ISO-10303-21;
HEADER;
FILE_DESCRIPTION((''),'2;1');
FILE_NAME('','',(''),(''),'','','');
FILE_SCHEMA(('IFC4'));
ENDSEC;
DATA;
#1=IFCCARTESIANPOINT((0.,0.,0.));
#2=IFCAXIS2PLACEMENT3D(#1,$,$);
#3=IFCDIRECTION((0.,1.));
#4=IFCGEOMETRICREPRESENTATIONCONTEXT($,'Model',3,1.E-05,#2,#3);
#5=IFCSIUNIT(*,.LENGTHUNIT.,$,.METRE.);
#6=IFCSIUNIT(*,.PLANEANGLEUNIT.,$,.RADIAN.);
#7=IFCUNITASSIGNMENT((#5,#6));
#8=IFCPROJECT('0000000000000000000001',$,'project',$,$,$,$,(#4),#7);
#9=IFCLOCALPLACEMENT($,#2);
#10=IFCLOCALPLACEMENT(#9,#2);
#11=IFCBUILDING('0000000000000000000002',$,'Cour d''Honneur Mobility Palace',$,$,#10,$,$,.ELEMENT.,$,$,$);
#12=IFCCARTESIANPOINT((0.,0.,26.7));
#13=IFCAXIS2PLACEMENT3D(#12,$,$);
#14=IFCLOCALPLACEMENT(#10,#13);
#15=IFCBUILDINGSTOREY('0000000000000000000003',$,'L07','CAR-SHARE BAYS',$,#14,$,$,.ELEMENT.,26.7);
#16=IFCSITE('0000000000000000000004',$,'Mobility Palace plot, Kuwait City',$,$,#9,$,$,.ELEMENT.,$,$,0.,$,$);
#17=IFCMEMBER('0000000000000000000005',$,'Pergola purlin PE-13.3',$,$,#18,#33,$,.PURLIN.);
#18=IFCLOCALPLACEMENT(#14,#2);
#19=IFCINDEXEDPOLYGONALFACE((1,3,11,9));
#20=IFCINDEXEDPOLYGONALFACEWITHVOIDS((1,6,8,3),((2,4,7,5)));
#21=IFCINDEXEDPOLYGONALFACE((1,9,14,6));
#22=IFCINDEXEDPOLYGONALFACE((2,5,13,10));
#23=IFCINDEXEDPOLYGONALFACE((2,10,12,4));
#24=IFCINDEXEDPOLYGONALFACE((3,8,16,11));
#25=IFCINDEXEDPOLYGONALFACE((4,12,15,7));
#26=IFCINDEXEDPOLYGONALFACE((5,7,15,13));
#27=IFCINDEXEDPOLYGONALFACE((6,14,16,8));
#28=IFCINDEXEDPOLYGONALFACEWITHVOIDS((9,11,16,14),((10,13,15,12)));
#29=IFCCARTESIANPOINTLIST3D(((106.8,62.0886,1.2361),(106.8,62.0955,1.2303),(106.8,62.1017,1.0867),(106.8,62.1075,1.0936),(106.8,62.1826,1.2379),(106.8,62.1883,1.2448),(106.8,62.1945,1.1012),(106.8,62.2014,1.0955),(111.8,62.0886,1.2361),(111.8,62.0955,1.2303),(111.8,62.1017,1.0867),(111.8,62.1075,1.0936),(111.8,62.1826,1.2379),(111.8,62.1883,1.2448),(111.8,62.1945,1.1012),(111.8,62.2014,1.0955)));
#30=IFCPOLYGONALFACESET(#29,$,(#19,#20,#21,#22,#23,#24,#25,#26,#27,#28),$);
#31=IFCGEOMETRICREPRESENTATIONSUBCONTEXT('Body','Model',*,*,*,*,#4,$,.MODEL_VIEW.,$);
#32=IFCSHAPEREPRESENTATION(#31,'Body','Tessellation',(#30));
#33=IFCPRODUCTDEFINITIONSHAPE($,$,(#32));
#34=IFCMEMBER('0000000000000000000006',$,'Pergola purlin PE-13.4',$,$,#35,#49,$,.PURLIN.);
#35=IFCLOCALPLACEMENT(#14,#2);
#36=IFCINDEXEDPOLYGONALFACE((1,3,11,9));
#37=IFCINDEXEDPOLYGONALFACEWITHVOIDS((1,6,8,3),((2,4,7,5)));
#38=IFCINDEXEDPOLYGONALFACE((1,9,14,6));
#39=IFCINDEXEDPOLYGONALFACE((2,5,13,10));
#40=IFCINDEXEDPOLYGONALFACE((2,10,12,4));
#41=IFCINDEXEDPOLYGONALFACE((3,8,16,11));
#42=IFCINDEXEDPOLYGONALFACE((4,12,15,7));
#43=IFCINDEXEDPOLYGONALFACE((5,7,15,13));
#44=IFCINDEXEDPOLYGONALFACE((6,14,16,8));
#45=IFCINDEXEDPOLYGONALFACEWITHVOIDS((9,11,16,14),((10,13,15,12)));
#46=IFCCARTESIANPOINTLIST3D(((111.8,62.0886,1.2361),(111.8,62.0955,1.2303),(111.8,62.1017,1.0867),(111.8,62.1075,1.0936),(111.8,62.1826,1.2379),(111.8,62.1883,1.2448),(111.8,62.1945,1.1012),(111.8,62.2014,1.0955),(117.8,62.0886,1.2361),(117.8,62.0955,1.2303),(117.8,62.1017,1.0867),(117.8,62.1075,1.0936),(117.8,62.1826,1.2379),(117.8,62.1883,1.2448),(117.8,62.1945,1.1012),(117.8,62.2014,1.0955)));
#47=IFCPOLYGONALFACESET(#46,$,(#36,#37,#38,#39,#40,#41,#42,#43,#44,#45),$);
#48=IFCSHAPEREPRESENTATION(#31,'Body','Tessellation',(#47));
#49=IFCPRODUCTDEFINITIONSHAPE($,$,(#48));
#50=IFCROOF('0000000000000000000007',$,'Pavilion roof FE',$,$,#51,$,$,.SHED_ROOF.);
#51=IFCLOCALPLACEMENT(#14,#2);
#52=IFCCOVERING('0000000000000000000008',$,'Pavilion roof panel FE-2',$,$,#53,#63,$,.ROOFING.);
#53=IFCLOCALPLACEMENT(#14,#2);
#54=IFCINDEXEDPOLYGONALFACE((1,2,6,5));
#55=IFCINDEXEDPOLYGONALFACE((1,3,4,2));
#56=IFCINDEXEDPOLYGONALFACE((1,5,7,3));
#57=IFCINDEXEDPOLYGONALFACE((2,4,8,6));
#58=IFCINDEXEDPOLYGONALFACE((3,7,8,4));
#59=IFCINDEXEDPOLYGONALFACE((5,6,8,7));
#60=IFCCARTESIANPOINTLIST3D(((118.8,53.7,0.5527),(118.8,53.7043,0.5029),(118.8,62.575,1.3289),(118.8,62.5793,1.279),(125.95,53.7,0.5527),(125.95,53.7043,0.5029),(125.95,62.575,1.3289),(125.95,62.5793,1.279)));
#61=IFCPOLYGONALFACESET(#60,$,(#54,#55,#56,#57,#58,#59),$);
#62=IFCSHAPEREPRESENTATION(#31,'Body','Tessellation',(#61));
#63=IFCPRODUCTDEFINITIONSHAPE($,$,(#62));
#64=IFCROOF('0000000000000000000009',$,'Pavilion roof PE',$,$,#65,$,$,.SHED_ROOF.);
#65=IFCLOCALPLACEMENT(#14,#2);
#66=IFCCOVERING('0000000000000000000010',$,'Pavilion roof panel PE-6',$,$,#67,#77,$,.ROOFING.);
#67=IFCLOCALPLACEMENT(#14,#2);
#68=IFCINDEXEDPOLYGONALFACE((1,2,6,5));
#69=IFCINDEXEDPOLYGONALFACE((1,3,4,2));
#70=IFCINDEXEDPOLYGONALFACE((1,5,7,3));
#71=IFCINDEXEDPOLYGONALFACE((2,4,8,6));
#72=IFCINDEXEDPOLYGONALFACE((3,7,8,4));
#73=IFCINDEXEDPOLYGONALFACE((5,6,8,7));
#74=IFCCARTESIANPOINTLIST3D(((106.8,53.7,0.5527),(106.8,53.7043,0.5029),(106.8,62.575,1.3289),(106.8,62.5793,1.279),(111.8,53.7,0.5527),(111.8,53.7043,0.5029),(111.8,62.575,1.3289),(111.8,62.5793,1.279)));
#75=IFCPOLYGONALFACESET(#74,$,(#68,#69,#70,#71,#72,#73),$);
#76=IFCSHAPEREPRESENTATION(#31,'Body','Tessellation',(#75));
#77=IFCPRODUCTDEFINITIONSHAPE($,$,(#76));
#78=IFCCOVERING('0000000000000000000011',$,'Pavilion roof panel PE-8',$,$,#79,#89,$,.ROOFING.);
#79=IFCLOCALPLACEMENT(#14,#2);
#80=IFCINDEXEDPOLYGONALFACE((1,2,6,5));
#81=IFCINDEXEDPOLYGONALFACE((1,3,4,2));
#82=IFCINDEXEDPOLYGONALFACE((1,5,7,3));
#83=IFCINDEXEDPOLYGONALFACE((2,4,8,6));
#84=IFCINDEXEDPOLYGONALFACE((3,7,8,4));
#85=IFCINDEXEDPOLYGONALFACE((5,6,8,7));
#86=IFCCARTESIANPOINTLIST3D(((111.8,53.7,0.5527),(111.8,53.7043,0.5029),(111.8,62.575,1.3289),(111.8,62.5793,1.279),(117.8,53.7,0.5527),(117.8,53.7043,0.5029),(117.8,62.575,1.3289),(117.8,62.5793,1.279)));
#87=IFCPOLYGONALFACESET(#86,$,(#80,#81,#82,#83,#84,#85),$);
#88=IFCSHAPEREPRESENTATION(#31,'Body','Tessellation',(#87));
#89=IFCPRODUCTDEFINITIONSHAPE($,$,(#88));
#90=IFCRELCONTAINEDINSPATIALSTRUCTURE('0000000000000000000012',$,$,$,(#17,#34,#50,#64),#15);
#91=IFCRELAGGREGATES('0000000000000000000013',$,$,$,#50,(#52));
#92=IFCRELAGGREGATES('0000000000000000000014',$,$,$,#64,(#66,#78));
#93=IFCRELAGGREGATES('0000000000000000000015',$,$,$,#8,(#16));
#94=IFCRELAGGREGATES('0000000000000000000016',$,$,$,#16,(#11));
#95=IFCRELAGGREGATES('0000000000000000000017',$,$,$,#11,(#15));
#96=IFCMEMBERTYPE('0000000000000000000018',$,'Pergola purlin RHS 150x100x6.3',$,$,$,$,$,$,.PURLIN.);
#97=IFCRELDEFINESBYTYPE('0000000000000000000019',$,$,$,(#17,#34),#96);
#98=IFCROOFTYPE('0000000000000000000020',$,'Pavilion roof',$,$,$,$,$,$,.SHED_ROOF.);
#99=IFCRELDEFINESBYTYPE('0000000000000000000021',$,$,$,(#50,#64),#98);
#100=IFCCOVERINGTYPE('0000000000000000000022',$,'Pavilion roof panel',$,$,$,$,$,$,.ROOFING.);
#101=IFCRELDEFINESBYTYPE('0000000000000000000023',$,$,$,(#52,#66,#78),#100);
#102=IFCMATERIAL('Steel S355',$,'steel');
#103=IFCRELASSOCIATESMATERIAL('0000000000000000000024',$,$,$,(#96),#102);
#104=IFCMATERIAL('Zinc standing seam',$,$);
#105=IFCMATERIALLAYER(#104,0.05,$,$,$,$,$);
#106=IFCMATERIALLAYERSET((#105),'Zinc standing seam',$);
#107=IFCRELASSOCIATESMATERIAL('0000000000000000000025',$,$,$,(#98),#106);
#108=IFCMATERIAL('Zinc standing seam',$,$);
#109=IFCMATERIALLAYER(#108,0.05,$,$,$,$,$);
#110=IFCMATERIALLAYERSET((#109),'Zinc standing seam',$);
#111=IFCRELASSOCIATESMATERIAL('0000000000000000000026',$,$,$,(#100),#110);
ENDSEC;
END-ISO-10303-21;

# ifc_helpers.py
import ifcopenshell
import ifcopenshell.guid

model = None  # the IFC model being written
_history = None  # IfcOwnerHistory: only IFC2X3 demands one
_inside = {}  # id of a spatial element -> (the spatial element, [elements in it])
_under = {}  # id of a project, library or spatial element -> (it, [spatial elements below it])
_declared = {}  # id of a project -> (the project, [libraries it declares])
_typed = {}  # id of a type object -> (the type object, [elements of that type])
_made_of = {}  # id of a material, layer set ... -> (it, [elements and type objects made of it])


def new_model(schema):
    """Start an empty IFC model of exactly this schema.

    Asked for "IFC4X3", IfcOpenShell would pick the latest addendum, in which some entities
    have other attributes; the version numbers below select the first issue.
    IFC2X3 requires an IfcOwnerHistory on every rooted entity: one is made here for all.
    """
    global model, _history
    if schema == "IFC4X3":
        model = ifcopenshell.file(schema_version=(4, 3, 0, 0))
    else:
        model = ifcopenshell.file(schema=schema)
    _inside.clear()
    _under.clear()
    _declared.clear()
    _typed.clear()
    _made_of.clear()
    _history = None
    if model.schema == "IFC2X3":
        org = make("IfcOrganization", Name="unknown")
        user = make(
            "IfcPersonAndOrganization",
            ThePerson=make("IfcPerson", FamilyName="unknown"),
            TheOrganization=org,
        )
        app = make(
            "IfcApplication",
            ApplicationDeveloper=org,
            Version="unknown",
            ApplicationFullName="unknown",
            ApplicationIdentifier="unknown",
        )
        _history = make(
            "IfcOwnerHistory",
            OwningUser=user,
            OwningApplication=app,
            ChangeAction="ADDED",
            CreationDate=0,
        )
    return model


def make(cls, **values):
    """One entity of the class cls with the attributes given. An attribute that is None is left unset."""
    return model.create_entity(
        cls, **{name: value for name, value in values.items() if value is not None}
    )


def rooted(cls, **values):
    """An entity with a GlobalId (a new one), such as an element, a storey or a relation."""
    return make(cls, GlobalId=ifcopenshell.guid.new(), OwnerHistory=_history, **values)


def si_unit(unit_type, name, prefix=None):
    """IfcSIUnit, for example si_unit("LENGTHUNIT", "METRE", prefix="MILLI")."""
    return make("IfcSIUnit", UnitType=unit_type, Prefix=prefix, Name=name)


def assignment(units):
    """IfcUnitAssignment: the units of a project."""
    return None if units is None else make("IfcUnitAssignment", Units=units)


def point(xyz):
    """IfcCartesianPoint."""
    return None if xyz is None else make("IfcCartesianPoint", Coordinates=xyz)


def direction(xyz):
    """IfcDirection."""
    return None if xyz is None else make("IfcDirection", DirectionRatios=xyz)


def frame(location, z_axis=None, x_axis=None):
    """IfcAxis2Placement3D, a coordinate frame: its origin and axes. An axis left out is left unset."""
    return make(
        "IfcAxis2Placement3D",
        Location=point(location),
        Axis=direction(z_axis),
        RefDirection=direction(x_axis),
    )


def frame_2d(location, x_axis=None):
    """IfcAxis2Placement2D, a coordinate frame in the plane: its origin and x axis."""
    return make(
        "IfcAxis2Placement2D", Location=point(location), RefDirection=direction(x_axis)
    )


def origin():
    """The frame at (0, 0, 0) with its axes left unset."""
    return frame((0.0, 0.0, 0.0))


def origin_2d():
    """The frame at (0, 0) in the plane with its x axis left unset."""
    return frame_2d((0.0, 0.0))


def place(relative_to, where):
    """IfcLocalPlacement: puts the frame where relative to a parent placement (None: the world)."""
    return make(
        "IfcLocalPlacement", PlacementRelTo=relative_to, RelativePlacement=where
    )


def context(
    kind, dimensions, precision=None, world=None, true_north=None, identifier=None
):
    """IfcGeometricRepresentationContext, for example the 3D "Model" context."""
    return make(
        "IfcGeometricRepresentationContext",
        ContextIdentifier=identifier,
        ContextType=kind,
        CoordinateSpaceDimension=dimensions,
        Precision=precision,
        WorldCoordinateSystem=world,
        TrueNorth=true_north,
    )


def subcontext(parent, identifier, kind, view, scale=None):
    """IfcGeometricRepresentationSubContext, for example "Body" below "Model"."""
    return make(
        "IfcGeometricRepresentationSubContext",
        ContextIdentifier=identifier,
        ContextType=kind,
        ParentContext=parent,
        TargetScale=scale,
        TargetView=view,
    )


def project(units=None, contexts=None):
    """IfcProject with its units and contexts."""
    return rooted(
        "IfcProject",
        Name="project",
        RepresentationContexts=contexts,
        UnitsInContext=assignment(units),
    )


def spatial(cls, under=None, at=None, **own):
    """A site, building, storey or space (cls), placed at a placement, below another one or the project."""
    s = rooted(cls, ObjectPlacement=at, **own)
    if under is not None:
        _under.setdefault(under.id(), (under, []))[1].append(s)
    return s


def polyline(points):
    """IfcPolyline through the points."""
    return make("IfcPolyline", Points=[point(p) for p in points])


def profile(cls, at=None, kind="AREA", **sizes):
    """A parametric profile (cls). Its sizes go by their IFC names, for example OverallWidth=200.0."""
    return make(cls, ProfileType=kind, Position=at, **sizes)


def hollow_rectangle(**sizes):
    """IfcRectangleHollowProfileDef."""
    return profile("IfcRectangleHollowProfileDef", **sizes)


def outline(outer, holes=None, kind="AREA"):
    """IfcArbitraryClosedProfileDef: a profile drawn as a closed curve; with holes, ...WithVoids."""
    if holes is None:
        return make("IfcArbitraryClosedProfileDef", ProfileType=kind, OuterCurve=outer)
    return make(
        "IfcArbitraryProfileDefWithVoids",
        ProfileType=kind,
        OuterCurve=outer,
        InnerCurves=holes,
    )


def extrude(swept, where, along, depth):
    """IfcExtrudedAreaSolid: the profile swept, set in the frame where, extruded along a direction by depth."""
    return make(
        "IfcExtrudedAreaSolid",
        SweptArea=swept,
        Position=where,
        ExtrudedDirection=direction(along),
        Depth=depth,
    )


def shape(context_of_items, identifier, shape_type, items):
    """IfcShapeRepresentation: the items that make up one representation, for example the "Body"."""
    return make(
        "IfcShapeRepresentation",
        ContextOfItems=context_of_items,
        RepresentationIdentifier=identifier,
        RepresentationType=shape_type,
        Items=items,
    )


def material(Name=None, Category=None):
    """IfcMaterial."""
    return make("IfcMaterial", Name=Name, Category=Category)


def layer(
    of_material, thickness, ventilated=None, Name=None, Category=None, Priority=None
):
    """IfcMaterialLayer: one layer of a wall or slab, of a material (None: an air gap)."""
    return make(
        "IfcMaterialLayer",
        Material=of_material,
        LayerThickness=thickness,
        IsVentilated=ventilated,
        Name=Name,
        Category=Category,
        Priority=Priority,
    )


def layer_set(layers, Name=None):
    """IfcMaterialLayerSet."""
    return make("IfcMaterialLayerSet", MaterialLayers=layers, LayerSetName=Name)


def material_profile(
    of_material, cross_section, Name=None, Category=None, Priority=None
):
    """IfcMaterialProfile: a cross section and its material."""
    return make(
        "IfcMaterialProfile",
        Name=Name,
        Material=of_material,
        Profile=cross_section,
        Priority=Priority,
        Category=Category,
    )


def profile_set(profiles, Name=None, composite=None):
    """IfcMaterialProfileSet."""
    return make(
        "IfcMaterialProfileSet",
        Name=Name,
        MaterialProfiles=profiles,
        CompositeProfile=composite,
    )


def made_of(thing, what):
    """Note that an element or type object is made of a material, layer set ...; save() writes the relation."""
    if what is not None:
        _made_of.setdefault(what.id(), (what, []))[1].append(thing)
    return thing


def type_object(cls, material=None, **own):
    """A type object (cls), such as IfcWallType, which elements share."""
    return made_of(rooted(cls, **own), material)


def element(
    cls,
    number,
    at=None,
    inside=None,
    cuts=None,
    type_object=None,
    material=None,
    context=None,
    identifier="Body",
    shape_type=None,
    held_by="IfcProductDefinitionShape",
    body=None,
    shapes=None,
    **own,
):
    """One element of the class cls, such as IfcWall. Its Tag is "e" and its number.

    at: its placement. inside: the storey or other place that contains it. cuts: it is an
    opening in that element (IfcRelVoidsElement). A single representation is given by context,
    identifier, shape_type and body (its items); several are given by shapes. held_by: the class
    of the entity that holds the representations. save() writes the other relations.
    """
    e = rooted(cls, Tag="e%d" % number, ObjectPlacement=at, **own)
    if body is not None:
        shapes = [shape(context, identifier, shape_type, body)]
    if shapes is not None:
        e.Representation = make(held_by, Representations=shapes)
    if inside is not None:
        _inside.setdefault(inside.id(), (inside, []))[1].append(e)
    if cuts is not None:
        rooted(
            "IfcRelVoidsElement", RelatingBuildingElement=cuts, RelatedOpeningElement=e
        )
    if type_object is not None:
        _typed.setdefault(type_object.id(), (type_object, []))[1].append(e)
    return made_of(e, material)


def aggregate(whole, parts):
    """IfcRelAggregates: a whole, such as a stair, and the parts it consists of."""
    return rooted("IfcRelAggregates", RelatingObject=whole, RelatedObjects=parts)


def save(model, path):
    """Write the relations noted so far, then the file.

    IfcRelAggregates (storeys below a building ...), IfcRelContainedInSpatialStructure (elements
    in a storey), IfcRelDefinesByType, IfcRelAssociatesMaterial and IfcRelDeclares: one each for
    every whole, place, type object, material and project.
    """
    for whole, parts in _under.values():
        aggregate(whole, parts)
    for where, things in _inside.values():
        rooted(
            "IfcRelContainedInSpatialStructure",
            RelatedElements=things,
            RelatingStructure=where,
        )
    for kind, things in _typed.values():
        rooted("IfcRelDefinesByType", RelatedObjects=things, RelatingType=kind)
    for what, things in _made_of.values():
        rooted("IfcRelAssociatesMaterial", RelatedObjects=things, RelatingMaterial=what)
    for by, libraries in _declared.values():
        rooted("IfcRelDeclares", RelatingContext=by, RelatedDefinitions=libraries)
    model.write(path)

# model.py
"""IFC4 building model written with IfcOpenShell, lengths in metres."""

from ifc_helpers import new_model, si_unit, direction, frame, origin, origin_2d, place, context, subcontext, project, spatial, polyline, hollow_rectangle, outline, extrude, material, layer, layer_set, material_profile, profile_set, type_object, element, aggregate, save


model = new_model("IFC4")

# Units and contexts
model_context = context("Model", 3, precision=1e-05, world=origin(), true_north=direction((0.0, 1.0)))
body_context = subcontext(model_context, "Body", "Model", "MODEL_VIEW")
ifc_project = project(units=[si_unit("LENGTHUNIT", "METRE"), si_unit("PLANEANGLEUNIT", "RADIAN")], contexts=[model_context])

# Site, building, storey
site_placement = place(None, origin())
site = spatial("IfcSite", under=ifc_project, at=site_placement, Name="Mobility Palace plot, Kuwait City", CompositionType="ELEMENT", RefElevation=0.0)
building_placement = place(site_placement, origin())
building = spatial("IfcBuilding", under=site, at=building_placement, Name="Cour d'Honneur Mobility Palace", CompositionType="ELEMENT")
storey_placement = place(building_placement, frame((0.0, 0.0, 26.7)))
storey = spatial("IfcBuildingStorey", under=building, at=storey_placement, Name="L07", Description="CAR-SHARE BAYS", CompositionType="ELEMENT", Elevation=26.7)

# Members
ifc_material_1 = material(Name="Steel S355", Category="steel")
ifc_material_profile = material_profile(ifc_material_1, hollow_rectangle(XDim=0.1001, YDim=0.1499, WallThickness=0.0063, at=origin_2d()), Name="RHS 150x100x6.3")
ifc_profile_set = profile_set([ifc_material_profile], Name="Steel S355")
member_type = type_object("IfcMemberType", Name="Pergola purlin RHS 150x100x6.3", PredefinedType="PURLIN", material=ifc_profile_set)
for number, where, z_axis, x_axis, name in (
    (1, (106.8, 62.145, 1.1658), (1.0, 0.0, 0.0), (0.0, 0.996197, 0.087131), "Pergola purlin PE-13.3"),
):
    element("IfcMember", number, at=place(storey_placement, frame(where, z_axis=z_axis, x_axis=x_axis)), inside=storey, type_object=member_type, Name=name, PredefinedType="PURLIN", context=body_context, shape_type="SweptSolid", body=[
        extrude(hollow_rectangle(XDim=0.1001, YDim=0.1499, WallThickness=0.0063, at=origin_2d()), origin(), (0.0, 0.0, 1.0), 5.0),
    ])
member_1_placement = place(storey_placement, frame((111.8, 62.145, 1.1658), z_axis=(1.0, 0.0, 0.0), x_axis=(0.0, 0.996197, 0.087131)))
element("IfcMember", 2, at=member_1_placement, inside=storey, type_object=member_type, Name="Pergola purlin PE-13.4", PredefinedType="PURLIN", context=body_context, shape_type="SweptSolid", body=[
    extrude(hollow_rectangle(XDim=0.1001, YDim=0.1499, WallThickness=0.0063, at=origin_2d()), origin(), (0.0, 0.0, 1.0), 6.0),
])

# Roof, covering
ifc_material_2 = material(Name="Zinc standing seam")
ifc_layer_1 = layer(ifc_material_2, 0.05)
ifc_layer_set_1 = layer_set([ifc_layer_1], Name="Zinc standing seam")
roof_type = type_object("IfcRoofType", Name="Pavilion roof", PredefinedType="SHED_ROOF", material=ifc_layer_set_1)
roof_1_placement = place(storey_placement, origin())
roof_1 = element("IfcRoof", 3, at=roof_1_placement, inside=storey, type_object=roof_type, Name="Pavilion roof FE", PredefinedType="SHED_ROOF")
ifc_material_3 = material(Name="Zinc standing seam")
ifc_layer_2 = layer(ifc_material_3, 0.05)
ifc_layer_set_2 = layer_set([ifc_layer_2], Name="Zinc standing seam")
covering_type = type_object("IfcCoveringType", Name="Pavilion roof panel", PredefinedType="ROOFING", material=ifc_layer_set_2)
covering_1_placement = place(storey_placement, frame((118.8, 53.7, 0.5527), z_axis=(0.0, -0.087118, 0.996198), x_axis=(1.0, 0.0, 0.0)))
covering_1 = element("IfcCovering", 4, at=covering_1_placement, type_object=covering_type, Name="Pavilion roof panel FE-2", PredefinedType="ROOFING", context=body_context, shape_type="SweptSolid", body=[
    extrude(outline(polyline([(0.0, 0.0), (7.1499, 0.0), (7.1499, 8.9089), (0.0, 8.9089), (0.0, 0.0)])), origin(), (0.0, 0.0, -1.0), 0.05),
])
aggregate(roof_1, [covering_1])

# Roof, coverings
roof_2_placement = place(storey_placement, origin())
roof_2 = element("IfcRoof", 5, at=roof_2_placement, inside=storey, type_object=roof_type, Name="Pavilion roof PE", PredefinedType="SHED_ROOF")
covering_2_placement = place(storey_placement, frame((106.8, 53.7, 0.5527), z_axis=(0.0, -0.087118, 0.996198), x_axis=(1.0, 0.0, 0.0)))
covering_2 = element("IfcCovering", 6, at=covering_2_placement, type_object=covering_type, Name="Pavilion roof panel PE-6", PredefinedType="ROOFING", context=body_context, shape_type="SweptSolid", body=[
    extrude(outline(polyline([(0.0, 0.0), (5.0, 0.0), (5.0, 8.9089), (0.0, 8.9089), (0.0, 0.0)])), origin(), (0.0, 0.0, -1.0), 0.05),
])
covering_3_placement = place(storey_placement, frame((111.8, 53.7, 0.5527), z_axis=(0.0, -0.087118, 0.996198), x_axis=(1.0, 0.0, 0.0)))
covering_3 = element("IfcCovering", 7, at=covering_3_placement, type_object=covering_type, Name="Pavilion roof panel PE-8", PredefinedType="ROOFING", context=body_context, shape_type="SweptSolid", body=[
    extrude(outline(polyline([(0.0, 0.0), (6.0, 0.0), (6.0, 8.9089), (0.0, 8.9089), (0.0, 0.0)])), origin(), (0.0, 0.0, -1.0), 0.05),
])
aggregate(roof_2, [covering_2, covering_3])

save(model, "model.ifc")
